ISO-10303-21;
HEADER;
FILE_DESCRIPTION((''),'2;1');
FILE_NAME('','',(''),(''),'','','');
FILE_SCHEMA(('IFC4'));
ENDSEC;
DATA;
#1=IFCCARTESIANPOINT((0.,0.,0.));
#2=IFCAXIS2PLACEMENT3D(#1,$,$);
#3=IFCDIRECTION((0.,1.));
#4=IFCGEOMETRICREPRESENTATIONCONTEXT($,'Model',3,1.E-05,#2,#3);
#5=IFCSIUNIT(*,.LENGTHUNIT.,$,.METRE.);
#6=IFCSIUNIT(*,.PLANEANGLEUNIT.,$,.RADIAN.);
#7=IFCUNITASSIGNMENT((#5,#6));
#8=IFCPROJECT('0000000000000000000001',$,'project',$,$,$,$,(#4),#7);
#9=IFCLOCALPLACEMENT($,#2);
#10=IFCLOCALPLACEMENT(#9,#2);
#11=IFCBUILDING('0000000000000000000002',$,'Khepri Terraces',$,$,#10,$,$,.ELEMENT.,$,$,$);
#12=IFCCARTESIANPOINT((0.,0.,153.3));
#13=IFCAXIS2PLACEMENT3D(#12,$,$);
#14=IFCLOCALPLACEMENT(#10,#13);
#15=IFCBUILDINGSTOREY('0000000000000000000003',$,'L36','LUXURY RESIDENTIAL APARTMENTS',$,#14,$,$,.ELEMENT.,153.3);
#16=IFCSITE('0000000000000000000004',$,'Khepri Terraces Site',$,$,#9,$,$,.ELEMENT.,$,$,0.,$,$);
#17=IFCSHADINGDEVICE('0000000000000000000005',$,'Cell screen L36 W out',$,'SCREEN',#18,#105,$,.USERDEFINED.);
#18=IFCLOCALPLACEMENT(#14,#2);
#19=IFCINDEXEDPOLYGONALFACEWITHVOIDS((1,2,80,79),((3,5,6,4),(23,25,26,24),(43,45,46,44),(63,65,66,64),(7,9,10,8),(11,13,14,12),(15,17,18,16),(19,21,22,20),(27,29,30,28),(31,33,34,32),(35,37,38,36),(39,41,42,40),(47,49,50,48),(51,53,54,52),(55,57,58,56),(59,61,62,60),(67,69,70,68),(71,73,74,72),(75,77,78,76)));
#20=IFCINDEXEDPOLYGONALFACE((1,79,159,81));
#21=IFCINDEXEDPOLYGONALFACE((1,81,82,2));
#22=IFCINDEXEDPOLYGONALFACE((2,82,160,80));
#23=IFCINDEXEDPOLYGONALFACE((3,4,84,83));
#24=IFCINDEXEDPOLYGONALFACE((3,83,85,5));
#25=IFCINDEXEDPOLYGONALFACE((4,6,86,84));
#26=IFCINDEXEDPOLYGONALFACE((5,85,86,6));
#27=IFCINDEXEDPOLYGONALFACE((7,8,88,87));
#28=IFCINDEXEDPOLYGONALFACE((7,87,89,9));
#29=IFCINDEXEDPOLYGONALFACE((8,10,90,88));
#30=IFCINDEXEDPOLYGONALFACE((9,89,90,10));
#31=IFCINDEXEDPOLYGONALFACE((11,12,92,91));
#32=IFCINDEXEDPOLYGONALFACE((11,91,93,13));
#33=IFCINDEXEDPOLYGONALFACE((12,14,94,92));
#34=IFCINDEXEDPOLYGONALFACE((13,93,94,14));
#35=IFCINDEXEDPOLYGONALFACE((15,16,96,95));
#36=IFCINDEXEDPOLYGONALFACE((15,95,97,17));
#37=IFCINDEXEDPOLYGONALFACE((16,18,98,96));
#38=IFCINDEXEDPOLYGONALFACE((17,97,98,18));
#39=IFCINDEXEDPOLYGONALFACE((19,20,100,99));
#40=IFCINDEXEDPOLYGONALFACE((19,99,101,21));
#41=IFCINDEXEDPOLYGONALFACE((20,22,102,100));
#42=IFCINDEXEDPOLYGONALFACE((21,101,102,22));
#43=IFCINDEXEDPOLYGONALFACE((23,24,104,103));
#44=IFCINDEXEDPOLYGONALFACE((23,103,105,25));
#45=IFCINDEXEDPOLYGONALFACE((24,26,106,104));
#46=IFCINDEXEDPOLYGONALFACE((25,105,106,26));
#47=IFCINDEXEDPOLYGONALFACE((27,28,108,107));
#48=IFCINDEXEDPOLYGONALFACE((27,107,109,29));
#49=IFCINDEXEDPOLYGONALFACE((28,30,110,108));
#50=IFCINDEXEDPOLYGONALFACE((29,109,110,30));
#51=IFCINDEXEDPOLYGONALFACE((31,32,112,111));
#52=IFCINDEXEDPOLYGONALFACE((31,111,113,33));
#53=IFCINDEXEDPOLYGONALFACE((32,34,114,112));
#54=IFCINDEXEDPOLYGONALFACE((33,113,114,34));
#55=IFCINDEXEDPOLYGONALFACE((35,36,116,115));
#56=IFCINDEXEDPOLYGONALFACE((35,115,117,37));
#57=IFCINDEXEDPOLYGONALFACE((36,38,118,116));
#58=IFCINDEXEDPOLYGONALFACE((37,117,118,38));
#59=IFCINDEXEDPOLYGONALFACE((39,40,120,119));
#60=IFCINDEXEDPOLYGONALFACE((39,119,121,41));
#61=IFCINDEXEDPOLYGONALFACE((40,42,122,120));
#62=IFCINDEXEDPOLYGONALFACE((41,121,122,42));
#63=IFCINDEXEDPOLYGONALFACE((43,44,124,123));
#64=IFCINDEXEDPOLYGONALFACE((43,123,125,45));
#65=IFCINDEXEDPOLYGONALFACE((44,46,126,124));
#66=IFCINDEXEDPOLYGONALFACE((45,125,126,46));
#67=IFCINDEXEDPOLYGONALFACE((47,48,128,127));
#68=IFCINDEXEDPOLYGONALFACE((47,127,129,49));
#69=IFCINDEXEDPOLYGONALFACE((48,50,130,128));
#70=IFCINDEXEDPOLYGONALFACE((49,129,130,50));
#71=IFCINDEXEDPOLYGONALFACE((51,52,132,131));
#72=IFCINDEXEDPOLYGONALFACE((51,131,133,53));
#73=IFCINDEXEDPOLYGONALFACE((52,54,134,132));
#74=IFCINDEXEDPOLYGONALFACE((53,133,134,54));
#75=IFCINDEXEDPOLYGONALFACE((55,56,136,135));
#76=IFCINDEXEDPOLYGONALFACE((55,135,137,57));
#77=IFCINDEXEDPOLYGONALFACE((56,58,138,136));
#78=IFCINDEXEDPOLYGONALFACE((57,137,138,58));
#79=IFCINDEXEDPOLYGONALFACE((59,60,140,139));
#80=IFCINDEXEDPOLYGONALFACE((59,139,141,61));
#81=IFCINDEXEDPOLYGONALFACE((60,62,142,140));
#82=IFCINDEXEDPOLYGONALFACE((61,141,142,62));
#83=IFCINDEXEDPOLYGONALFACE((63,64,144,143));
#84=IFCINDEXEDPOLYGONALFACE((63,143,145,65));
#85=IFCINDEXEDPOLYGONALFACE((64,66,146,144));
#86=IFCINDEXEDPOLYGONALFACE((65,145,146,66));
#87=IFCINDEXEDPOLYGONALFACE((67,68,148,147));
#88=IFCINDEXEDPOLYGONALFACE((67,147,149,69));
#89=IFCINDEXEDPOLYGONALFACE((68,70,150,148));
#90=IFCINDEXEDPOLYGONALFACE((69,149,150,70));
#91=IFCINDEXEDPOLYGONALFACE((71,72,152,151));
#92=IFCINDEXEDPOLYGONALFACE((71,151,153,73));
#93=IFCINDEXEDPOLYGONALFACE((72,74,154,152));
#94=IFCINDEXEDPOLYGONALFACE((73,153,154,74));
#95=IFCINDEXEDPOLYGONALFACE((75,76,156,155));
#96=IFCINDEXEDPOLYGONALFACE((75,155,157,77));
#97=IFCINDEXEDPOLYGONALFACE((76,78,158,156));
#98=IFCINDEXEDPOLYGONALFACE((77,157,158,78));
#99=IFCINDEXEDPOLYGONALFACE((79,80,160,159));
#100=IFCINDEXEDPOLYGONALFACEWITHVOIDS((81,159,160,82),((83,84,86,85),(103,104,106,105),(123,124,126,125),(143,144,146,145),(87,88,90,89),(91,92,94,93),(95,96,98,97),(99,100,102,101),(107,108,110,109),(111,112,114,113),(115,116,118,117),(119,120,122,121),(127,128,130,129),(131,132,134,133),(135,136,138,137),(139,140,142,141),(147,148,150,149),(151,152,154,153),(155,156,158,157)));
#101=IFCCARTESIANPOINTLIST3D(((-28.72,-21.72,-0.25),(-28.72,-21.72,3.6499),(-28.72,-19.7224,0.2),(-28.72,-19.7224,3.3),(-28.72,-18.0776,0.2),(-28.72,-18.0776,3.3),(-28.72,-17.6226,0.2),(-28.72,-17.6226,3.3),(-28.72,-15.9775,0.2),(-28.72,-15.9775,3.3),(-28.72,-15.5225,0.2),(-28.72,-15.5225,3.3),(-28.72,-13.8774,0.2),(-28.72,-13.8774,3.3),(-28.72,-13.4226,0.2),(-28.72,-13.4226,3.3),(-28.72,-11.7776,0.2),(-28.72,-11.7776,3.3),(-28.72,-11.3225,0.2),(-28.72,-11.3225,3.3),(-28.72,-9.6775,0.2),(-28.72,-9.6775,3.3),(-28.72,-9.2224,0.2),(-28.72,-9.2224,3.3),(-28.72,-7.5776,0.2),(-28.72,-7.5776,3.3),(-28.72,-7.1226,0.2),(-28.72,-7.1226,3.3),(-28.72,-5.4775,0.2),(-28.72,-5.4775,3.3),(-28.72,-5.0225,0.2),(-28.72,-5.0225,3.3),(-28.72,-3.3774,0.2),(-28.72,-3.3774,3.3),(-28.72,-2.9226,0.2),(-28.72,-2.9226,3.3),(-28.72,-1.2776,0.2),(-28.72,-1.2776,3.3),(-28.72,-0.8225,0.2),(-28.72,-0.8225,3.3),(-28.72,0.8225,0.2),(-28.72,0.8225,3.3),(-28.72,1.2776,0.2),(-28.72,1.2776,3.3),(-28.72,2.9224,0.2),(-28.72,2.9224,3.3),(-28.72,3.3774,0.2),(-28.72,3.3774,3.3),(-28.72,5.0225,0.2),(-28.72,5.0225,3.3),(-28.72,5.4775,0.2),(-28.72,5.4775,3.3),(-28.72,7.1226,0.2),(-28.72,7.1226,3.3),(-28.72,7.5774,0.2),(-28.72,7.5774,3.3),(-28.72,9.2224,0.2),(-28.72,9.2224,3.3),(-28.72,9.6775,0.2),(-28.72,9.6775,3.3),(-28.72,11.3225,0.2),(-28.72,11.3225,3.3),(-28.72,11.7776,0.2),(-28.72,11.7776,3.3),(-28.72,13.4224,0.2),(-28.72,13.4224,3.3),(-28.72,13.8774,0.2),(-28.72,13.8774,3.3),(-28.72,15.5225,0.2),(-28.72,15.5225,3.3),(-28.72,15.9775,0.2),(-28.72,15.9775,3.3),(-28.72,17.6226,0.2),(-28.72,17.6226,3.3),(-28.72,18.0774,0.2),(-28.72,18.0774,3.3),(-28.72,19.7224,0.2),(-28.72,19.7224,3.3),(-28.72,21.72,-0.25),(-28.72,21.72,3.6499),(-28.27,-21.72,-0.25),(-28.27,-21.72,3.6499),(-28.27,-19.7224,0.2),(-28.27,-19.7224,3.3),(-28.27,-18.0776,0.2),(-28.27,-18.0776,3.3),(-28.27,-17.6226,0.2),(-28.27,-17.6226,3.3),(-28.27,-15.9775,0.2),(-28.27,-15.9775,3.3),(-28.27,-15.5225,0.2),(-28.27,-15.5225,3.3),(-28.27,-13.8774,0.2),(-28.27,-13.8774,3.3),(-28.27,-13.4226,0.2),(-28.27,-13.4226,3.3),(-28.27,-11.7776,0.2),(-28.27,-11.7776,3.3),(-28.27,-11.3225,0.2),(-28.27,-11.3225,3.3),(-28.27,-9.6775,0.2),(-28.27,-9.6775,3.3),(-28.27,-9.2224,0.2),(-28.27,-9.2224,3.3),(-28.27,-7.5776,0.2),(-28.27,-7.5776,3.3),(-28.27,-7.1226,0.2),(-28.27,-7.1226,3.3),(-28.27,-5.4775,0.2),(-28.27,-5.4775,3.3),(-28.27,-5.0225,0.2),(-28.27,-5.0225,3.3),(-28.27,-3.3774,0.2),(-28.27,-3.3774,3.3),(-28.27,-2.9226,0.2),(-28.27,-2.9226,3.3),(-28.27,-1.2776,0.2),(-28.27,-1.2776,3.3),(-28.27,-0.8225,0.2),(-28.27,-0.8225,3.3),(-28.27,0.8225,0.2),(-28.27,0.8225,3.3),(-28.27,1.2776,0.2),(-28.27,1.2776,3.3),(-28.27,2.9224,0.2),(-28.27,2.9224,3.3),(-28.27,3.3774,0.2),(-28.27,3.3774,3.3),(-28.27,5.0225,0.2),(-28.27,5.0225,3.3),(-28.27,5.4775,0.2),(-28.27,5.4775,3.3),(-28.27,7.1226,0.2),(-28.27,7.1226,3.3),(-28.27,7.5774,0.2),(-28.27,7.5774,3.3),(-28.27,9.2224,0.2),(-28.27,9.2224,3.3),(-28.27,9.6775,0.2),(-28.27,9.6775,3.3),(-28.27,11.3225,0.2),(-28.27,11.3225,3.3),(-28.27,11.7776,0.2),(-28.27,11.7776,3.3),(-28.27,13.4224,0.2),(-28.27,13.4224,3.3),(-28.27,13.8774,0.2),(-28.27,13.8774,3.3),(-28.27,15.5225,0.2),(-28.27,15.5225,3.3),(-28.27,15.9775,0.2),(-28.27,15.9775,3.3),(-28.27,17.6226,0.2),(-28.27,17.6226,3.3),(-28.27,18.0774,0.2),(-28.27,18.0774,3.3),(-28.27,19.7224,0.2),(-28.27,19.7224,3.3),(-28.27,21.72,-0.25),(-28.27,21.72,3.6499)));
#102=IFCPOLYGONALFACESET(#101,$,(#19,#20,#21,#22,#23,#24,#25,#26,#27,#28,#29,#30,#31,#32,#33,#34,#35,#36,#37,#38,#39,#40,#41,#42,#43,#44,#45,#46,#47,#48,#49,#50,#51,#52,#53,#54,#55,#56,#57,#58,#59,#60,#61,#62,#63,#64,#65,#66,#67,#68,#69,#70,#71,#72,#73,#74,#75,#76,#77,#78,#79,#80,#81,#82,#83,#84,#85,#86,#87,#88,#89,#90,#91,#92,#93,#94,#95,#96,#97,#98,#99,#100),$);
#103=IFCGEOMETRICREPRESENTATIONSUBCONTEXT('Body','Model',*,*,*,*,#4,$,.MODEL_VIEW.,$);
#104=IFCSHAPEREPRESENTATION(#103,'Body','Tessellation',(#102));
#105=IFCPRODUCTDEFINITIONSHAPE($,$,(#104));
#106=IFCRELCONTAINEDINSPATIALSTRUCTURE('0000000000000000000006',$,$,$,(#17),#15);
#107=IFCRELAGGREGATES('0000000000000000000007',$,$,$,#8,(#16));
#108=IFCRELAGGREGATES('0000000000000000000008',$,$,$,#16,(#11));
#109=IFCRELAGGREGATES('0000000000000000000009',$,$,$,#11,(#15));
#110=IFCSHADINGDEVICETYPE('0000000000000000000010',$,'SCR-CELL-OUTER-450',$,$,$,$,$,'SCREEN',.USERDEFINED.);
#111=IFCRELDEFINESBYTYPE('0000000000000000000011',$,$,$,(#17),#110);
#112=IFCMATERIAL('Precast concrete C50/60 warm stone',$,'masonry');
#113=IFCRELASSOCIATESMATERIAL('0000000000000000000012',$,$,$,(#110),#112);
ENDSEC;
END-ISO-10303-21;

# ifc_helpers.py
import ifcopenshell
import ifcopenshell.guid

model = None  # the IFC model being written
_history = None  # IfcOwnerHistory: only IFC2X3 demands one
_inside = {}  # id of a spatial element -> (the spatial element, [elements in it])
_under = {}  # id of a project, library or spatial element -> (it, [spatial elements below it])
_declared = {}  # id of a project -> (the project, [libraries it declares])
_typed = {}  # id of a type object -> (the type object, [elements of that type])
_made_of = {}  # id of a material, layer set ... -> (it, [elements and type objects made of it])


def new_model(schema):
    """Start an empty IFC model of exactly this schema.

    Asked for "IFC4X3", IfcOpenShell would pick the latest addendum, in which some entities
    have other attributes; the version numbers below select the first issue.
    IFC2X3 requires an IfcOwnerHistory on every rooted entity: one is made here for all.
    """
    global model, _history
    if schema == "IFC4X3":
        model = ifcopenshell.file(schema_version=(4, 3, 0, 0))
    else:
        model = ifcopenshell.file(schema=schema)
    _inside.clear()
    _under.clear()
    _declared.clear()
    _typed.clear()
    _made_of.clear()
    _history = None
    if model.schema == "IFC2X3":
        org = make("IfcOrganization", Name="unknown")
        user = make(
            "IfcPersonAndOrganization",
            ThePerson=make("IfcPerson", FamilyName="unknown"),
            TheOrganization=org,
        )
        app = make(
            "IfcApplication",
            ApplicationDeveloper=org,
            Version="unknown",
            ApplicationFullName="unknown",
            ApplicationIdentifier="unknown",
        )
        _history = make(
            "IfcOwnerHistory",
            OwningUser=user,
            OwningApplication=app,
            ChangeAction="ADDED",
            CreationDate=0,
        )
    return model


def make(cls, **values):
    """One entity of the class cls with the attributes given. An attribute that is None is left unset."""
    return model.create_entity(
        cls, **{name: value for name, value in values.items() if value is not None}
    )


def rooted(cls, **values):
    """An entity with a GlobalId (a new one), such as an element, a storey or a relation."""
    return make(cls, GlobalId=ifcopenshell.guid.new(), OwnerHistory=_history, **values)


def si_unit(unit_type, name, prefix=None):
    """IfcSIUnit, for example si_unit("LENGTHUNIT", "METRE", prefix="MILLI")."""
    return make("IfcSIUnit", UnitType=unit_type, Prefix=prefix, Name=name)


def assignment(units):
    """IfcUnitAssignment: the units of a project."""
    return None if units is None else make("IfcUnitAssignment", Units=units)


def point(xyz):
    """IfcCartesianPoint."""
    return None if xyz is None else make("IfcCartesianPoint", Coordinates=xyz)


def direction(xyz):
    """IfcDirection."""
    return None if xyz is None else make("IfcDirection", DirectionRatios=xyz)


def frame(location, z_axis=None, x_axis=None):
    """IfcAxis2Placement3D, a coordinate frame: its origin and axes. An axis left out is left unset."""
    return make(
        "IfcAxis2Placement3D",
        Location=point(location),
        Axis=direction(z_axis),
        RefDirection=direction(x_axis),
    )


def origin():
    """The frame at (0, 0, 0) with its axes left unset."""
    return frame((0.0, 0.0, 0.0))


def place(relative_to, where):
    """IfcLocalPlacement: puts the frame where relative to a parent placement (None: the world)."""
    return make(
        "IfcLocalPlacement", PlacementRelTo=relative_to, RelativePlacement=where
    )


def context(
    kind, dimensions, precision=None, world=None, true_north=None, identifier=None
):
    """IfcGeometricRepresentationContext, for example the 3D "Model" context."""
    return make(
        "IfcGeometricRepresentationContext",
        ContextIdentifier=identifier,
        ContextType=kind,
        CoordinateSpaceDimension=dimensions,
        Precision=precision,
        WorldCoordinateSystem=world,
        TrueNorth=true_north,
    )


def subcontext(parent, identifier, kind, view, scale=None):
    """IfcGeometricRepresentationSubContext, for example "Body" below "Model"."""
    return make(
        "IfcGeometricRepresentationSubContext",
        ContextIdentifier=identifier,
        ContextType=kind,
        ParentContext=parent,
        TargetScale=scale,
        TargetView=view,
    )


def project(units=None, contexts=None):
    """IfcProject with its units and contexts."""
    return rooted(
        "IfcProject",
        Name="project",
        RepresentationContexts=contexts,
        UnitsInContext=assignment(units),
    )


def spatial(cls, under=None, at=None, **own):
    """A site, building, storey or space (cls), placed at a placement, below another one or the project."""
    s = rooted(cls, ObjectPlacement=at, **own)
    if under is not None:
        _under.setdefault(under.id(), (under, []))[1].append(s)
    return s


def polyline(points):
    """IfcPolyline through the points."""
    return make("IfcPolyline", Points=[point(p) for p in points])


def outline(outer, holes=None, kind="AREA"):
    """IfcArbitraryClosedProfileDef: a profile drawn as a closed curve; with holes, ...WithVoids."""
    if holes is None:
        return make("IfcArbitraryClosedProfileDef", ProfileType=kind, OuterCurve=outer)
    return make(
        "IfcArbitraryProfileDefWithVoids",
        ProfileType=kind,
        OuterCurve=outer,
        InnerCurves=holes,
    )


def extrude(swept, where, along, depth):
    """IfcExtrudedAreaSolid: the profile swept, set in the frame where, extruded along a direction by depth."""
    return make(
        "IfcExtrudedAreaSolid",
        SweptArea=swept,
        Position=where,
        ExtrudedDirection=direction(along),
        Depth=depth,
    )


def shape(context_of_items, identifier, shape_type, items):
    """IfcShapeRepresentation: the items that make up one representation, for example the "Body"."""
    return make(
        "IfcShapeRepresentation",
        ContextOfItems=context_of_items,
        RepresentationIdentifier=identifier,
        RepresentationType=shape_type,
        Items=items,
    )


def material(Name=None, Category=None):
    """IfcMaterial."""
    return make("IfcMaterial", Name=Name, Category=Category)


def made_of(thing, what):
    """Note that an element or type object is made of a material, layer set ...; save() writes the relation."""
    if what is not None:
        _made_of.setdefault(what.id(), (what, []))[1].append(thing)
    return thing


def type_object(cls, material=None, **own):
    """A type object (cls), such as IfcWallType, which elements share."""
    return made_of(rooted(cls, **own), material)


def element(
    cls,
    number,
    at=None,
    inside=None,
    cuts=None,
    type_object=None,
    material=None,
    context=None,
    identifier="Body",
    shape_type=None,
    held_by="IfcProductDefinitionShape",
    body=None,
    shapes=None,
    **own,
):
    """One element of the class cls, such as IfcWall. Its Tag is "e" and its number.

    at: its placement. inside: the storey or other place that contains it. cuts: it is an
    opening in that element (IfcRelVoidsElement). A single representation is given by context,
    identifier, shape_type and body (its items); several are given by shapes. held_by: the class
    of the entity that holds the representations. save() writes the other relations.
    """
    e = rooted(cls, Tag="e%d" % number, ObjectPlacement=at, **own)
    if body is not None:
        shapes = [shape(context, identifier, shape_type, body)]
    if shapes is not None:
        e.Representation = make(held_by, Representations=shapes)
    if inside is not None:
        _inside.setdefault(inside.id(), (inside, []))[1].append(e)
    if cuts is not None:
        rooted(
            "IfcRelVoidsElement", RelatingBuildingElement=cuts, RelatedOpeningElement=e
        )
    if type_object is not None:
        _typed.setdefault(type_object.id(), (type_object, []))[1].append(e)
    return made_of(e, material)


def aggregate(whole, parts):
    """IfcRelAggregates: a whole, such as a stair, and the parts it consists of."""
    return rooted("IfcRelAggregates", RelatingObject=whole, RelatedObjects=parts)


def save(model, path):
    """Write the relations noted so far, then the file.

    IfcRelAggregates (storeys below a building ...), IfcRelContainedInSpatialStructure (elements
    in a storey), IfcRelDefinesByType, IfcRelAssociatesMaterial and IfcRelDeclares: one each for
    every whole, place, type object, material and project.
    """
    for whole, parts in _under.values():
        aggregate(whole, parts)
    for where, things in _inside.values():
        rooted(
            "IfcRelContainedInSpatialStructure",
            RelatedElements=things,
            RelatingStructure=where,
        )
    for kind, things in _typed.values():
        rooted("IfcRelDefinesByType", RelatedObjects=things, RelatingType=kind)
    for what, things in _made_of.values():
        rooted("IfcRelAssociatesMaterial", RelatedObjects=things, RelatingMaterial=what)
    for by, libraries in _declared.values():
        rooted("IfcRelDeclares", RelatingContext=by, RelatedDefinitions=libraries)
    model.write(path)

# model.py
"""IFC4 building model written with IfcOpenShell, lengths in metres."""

from ifc_helpers import new_model, si_unit, direction, frame, origin, place, context, subcontext, project, spatial, polyline, outline, extrude, material, type_object, element, save


model = new_model("IFC4")

# Units and contexts
model_context = context("Model", 3, precision=1e-05, world=origin(), true_north=direction((0.0, 1.0)))
body_context = subcontext(model_context, "Body", "Model", "MODEL_VIEW")
ifc_project = project(units=[si_unit("LENGTHUNIT", "METRE"), si_unit("PLANEANGLEUNIT", "RADIAN")], contexts=[model_context])

# Site, building, storey
site_placement = place(None, origin())
site = spatial("IfcSite", under=ifc_project, at=site_placement, Name="Khepri Terraces Site", CompositionType="ELEMENT", RefElevation=0.0)
building_placement = place(site_placement, origin())
building = spatial("IfcBuilding", under=site, at=building_placement, Name="Khepri Terraces", CompositionType="ELEMENT")
storey_placement = place(building_placement, frame((0.0, 0.0, 153.3)))
storey = spatial("IfcBuildingStorey", under=building, at=storey_placement, Name="L36", Description="LUXURY RESIDENTIAL APARTMENTS", CompositionType="ELEMENT", Elevation=153.3)

# Shared definitions
ifc_material_1 = material(Name="Precast concrete C50/60 warm stone", Category="masonry")

# Shading device
shading_device_type_1 = type_object("IfcShadingDeviceType", Name="SCR-CELL-OUTER-450", ElementType="SCREEN", PredefinedType="USERDEFINED", material=ifc_material_1)
shading_device_1_placement = place(storey_placement, frame((-28.27, 21.72, -0.25), z_axis=(-1.0, 0.0, 0.0), x_axis=(0.0, -1.0, 0.0)))
element("IfcShadingDevice", 1, at=shading_device_1_placement, inside=storey, type_object=shading_device_type_1, Name="Cell screen L36 W out", ObjectType="SCREEN", PredefinedType="USERDEFINED", context=body_context, shape_type="SweptSolid", body=[
    extrude(outline(polyline([(0.0, 0.0), (43.4399, 0.0), (43.4399, 3.8999), (0.0, 3.8999), (0.0, 0.0)]), holes=[polyline([(1.9976, 0.45), (3.6426, 0.45), (3.6426, 3.55), (1.9976, 3.55), (1.9976, 0.45)]), polyline([(4.0974, 0.45), (5.7424, 0.45), (5.7424, 3.55), (4.0974, 3.55), (4.0974, 0.45)]), polyline([(6.1975, 0.45), (7.8425, 0.45), (7.8425, 3.55), (6.1975, 3.55), (6.1975, 0.45)]), polyline([(8.2976, 0.45), (9.9424, 0.45), (9.9424, 3.55), (8.2976, 3.55), (8.2976, 0.45)]), polyline([(10.3975, 0.45), (12.0425, 0.45), (12.0425, 3.55), (10.3975, 3.55), (10.3975, 0.45)]), polyline([(12.4976, 0.45), (14.1426, 0.45), (14.1426, 3.55), (12.4976, 3.55), (12.4976, 0.45)]), polyline([(14.5974, 0.45), (16.2424, 0.45), (16.2424, 3.55), (14.5974, 3.55), (14.5974, 0.45)]), polyline([(16.6975, 0.45), (18.3425, 0.45), (18.3425, 3.55), (16.6975, 3.55), (16.6975, 0.45)]), polyline([(18.7976, 0.45), (20.4424, 0.45), (20.4424, 3.55), (18.7976, 3.55), (18.7976, 0.45)]), polyline([(20.8975, 0.45), (22.5425, 0.45), (22.5425, 3.55), (20.8975, 3.55), (20.8975, 0.45)]), polyline([(22.9976, 0.45), (24.6426, 0.45), (24.6426, 3.55), (22.9976, 3.55), (22.9976, 0.45)]), polyline([(25.0974, 0.45), (26.7424, 0.45), (26.7424, 3.55), (25.0974, 3.55), (25.0974, 0.45)]), polyline([(27.1975, 0.45), (28.8425, 0.45), (28.8425, 3.55), (27.1975, 3.55), (27.1975, 0.45)]), polyline([(29.2976, 0.45), (30.9424, 0.45), (30.9424, 3.55), (29.2976, 3.55), (29.2976, 0.45)]), polyline([(31.3975, 0.45), (33.0425, 0.45), (33.0425, 3.55), (31.3975, 3.55), (31.3975, 0.45)]), polyline([(33.4976, 0.45), (35.1426, 0.45), (35.1426, 3.55), (33.4976, 3.55), (33.4976, 0.45)]), polyline([(35.5974, 0.45), (37.2424, 0.45), (37.2424, 3.55), (35.5974, 3.55), (35.5974, 0.45)]), polyline([(37.6975, 0.45), (39.3425, 0.45), (39.3425, 3.55), (37.6975, 3.55), (37.6975, 0.45)]), polyline([(39.7976, 0.45), (41.4424, 0.45), (41.4424, 3.55), (39.7976, 3.55), (39.7976, 0.45)])]), origin(), (0.0, 0.0, 1.0), 0.45),
])

save(model, "model.ifc")
